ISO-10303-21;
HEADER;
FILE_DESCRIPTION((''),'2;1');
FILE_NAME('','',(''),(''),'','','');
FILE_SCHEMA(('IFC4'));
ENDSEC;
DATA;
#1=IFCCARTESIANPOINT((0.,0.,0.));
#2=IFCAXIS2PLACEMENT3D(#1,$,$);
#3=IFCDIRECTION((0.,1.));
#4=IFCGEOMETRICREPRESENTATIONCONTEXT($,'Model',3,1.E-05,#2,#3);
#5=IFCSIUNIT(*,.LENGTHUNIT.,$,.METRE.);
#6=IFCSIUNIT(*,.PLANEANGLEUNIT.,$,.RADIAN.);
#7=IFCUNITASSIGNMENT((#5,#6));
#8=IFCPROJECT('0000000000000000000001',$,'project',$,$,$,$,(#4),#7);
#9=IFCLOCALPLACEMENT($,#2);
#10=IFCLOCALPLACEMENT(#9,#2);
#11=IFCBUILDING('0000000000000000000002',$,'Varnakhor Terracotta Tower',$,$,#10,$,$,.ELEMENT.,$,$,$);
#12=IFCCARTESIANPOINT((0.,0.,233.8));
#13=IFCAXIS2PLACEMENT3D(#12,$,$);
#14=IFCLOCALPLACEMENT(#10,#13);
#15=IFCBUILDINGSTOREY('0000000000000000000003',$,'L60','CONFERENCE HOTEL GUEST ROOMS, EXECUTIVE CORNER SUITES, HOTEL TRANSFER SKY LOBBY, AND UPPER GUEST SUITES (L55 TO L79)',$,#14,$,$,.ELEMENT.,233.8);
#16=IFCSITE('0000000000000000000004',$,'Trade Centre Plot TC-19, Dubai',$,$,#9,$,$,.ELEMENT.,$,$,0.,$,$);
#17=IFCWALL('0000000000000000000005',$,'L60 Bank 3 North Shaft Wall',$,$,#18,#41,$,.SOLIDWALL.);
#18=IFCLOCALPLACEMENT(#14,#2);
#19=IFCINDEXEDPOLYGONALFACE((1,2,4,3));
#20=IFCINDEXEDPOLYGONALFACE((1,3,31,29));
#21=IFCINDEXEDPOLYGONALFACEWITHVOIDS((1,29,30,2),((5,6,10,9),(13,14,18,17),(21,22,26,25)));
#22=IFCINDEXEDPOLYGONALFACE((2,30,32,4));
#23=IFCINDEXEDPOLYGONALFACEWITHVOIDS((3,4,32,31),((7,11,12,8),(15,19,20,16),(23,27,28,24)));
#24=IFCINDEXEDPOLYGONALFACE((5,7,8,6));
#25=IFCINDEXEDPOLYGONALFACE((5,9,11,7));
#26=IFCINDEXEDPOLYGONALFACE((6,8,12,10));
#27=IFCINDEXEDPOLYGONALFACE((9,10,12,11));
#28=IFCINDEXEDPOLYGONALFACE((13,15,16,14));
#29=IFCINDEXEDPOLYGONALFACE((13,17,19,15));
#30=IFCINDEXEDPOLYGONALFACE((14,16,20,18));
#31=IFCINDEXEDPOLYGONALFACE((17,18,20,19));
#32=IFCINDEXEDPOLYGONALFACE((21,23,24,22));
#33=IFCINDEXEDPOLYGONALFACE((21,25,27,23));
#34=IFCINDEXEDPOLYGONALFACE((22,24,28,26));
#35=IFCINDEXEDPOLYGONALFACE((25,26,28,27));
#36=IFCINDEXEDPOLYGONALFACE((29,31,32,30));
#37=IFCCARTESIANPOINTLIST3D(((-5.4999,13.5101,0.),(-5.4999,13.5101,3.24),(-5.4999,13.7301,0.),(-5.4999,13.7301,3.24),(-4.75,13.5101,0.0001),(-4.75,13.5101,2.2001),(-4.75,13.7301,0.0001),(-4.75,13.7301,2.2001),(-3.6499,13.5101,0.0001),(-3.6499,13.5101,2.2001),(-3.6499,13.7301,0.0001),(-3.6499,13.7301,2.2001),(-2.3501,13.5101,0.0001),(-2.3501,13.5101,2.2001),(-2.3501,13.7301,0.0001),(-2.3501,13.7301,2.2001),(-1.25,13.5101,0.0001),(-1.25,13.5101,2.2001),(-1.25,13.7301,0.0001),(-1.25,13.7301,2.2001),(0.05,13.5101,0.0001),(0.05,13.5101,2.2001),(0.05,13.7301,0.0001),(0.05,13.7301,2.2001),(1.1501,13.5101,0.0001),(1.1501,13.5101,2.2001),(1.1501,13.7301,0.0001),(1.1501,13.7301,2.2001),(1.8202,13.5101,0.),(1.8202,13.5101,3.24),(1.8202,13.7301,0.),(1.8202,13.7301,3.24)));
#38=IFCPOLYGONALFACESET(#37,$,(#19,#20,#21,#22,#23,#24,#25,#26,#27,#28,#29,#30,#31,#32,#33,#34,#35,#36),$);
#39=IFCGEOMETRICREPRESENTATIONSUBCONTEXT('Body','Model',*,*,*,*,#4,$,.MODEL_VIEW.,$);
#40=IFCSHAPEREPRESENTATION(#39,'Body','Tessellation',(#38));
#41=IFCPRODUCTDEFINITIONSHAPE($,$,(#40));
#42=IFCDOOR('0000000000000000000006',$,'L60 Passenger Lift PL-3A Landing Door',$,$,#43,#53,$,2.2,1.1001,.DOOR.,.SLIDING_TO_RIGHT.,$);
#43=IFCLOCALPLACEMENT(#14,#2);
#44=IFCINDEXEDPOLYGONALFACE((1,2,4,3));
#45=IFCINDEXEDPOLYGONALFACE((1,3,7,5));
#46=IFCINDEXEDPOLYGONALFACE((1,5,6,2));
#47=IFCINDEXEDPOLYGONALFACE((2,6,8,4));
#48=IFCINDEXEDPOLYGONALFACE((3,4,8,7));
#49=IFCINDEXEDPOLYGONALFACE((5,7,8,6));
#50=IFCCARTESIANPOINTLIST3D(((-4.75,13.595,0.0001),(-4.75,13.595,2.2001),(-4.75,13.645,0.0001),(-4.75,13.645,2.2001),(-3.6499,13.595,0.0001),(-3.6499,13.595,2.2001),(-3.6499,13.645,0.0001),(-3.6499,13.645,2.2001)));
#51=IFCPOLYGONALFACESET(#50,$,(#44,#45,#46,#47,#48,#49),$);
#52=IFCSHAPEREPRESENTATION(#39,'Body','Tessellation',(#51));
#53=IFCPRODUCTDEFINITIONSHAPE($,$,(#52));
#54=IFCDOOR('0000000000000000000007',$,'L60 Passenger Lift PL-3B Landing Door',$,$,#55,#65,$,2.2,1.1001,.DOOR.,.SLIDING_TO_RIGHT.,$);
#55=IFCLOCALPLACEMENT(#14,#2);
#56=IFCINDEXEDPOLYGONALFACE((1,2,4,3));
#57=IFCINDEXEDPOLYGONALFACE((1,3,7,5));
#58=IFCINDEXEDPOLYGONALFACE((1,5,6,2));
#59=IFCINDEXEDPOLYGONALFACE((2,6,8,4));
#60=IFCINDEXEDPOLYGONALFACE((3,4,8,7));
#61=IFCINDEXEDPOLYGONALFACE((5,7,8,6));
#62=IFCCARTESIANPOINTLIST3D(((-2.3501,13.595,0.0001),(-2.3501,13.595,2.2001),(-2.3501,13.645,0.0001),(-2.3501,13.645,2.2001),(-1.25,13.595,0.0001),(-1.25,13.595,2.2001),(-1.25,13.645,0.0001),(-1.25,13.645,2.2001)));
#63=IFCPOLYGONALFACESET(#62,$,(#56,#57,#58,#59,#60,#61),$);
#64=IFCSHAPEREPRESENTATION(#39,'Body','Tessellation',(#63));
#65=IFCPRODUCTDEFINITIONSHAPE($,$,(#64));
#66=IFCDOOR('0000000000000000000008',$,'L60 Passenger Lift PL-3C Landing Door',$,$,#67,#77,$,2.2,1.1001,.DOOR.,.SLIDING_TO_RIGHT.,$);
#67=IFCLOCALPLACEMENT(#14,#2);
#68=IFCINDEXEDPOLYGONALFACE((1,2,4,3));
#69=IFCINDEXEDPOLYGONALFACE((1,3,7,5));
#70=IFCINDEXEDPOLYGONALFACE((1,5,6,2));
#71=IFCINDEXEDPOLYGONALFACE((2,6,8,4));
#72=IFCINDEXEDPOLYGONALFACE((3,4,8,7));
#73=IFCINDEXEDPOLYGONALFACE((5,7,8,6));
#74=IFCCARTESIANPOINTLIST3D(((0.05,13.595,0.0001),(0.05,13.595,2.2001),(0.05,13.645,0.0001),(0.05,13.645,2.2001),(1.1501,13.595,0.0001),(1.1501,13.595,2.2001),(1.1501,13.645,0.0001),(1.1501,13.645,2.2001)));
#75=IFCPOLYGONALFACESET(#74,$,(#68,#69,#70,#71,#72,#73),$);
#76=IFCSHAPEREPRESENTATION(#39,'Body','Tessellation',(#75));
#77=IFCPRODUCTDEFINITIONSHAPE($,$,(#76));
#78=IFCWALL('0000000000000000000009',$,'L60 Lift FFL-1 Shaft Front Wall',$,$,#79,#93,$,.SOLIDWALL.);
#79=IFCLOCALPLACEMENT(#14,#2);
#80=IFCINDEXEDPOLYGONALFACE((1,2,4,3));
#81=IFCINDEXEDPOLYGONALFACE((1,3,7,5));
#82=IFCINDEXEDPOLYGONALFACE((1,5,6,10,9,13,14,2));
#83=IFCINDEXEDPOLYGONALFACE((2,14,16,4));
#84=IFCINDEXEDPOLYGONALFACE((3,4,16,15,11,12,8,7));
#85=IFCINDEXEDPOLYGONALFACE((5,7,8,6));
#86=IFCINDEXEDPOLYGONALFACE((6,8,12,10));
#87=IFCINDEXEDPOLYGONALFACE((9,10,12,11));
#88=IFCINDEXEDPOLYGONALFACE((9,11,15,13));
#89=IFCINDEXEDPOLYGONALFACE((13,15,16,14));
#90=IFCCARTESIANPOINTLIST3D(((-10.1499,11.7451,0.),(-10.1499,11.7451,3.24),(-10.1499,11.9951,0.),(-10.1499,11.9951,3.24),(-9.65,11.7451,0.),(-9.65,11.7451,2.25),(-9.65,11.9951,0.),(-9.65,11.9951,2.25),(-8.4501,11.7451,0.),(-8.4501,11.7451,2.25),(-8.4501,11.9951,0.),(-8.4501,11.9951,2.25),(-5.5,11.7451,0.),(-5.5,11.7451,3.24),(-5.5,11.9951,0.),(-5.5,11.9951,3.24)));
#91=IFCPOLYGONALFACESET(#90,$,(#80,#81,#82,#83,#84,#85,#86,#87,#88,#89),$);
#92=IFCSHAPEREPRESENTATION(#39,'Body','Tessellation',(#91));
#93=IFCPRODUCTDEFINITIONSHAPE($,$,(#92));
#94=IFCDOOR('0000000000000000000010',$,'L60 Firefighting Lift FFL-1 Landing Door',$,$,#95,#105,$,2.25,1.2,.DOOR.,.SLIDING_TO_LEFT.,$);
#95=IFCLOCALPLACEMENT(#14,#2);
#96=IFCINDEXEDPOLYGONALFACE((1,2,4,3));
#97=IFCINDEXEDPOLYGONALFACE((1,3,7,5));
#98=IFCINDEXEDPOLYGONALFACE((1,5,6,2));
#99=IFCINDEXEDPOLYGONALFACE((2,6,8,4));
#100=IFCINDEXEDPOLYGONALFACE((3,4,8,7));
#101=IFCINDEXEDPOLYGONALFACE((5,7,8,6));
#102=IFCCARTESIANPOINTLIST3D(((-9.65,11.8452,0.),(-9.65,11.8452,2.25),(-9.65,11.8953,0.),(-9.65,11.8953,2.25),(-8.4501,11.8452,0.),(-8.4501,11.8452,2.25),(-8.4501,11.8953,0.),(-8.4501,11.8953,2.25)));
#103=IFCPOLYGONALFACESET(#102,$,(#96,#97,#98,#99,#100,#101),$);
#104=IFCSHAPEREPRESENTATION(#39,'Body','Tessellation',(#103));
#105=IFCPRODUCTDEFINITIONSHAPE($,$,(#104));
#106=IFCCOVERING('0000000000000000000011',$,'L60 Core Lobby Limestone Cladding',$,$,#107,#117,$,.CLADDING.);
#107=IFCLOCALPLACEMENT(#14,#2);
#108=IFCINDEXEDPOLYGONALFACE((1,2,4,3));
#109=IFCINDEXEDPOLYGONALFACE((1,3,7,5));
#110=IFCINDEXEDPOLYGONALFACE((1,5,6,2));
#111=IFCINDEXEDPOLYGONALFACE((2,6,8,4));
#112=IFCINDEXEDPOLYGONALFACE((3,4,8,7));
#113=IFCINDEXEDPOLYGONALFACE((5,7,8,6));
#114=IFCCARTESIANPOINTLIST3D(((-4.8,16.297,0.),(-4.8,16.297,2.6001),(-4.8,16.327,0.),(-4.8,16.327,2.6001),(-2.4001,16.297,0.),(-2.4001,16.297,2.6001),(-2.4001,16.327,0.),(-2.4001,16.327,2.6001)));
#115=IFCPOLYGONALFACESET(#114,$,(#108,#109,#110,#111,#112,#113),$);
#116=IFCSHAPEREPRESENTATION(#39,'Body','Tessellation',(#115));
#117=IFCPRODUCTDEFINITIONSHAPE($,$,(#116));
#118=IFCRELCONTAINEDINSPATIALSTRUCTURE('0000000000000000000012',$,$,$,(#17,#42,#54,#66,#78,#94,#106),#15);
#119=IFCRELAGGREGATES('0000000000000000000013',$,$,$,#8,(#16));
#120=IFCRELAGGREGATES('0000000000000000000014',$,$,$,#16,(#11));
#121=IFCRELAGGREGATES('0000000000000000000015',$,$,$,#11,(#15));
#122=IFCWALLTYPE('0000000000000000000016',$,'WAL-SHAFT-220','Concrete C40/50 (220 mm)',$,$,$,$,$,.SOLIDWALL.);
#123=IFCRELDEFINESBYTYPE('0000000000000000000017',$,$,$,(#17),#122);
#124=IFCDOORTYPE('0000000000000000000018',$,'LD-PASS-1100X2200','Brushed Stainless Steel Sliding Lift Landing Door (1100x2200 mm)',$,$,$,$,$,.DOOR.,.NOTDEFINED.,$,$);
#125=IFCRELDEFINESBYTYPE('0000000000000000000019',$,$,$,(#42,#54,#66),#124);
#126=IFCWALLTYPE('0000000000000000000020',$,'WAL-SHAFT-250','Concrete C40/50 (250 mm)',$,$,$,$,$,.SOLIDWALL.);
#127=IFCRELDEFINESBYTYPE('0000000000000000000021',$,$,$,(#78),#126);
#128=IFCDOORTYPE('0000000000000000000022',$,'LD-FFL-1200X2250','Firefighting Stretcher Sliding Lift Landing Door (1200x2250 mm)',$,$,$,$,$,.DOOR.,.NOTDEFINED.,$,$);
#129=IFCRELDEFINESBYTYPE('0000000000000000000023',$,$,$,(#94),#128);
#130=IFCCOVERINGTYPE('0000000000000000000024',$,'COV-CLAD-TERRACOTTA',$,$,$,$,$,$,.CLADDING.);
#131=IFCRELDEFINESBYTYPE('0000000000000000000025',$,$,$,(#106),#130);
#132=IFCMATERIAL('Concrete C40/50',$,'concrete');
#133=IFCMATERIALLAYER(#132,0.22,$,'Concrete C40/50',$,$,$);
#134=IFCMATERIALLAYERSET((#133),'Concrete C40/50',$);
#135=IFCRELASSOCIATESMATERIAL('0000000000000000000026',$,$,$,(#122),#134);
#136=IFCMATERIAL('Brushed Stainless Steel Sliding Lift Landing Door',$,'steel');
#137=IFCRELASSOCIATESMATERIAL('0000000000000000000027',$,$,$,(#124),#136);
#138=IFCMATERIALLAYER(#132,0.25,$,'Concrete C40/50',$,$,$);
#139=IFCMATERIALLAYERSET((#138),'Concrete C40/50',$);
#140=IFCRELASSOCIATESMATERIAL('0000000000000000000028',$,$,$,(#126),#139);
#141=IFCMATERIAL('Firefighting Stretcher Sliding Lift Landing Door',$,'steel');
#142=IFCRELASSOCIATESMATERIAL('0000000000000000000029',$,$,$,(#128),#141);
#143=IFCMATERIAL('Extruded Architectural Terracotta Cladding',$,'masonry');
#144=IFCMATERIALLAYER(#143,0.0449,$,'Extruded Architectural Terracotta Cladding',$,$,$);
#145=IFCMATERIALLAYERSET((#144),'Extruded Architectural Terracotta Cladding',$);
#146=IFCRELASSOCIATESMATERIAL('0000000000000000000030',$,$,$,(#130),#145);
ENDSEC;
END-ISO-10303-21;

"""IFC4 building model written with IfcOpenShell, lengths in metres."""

from ifc_helpers import new_model, si_unit, direction, frame, frame_2d, origin, origin_2d, place, context, subcontext, project, spatial, rectangle, extrude, source, transform, mapped, material, layer, layer_set, type_object, type_shapes, element, fill, save


model = new_model("IFC4")

# Units and contexts
model_context = context("Model", 3, precision=1e-05, world=origin(), true_north=direction((0.0, 1.0)))
body_context = subcontext(model_context, "Body", "Model", "MODEL_VIEW")
ifc_project = project(units=[si_unit("LENGTHUNIT", "METRE"), si_unit("PLANEANGLEUNIT", "RADIAN")], contexts=[model_context])

# Site, building, storey
site_placement = place(None, origin())
site = spatial("IfcSite", under=ifc_project, at=site_placement, Name="Trade Centre Plot TC-19, Dubai", CompositionType="ELEMENT", RefElevation=0.0)
building_placement = place(site_placement, origin())
building = spatial("IfcBuilding", under=site, at=building_placement, Name="Varnakhor Terracotta Tower", CompositionType="ELEMENT")
storey_placement = place(building_placement, frame((0.0, 0.0, 233.8)))
storey = spatial("IfcBuildingStorey", under=building, at=storey_placement, Name="L60", Description="CONFERENCE HOTEL GUEST ROOMS, EXECUTIVE CORNER SUITES, HOTEL TRANSFER SKY LOBBY, AND UPPER GUEST SUITES (L55 TO L79)", CompositionType="ELEMENT", Elevation=233.8)

# Wall, openings, doors
ifc_material_1 = material(Name="Concrete C40/50", Category="concrete")
ifc_layer_1 = layer(ifc_material_1, 0.22, Name="Concrete C40/50")
ifc_layer_set_1 = layer_set([ifc_layer_1], Name="Concrete C40/50")
wall_type_1 = type_object("IfcWallType", Name="WAL-SHAFT-220", Description="Concrete C40/50 (220 mm)", PredefinedType="SOLIDWALL", material=ifc_layer_set_1)
wall_1_placement = place(storey_placement, frame((-5.5, 13.6201, 0.0), z_axis=(0.0, 0.0, 1.0), x_axis=(1.0, 0.0, 0.0)))
wall_1 = element("IfcWall", 1, at=wall_1_placement, inside=storey, type_object=wall_type_1, Name="L60 Bank 3 North Shaft Wall", PredefinedType="SOLIDWALL", context=body_context, shape_type="SweptSolid", body=[
    extrude(rectangle(XDim=7.3201, YDim=0.22, at=frame_2d((3.6602, 0.0))), origin(), (0.0, 0.0, 1.0), 3.24),
])
opening_1_placement = place(wall_1_placement, frame((0.75, 0.0, 0.0)))
opening_1 = element("IfcOpeningElement", 2, at=opening_1_placement, cuts=wall_1, PredefinedType="OPENING", context=body_context, shape_type="SweptSolid", body=[
    extrude(rectangle(XDim=1.1001, YDim=2.2, at=frame_2d((0.55, 1.1001))), frame((0.0, 0.1201, 0.0), z_axis=(0.0, -1.0, 0.0), x_axis=(1.0, 0.0, 0.0)), (0.0, 0.0, 1.0), 0.24),
])
opening_2_placement = place(wall_1_placement, frame((3.1499, 0.0, 0.0)))
opening_2 = element("IfcOpeningElement", 3, at=opening_2_placement, cuts=wall_1, PredefinedType="OPENING", context=body_context, shape_type="SweptSolid", body=[
    extrude(rectangle(XDim=1.1001, YDim=2.2, at=frame_2d((0.55, 1.1001))), frame((0.0, 0.1201, 0.0), z_axis=(0.0, -1.0, 0.0), x_axis=(1.0, 0.0, 0.0)), (0.0, 0.0, 1.0), 0.24),
])
opening_3_placement = place(wall_1_placement, frame((5.55, 0.0, 0.0)))
opening_3 = element("IfcOpeningElement", 4, at=opening_3_placement, cuts=wall_1, PredefinedType="OPENING", context=body_context, shape_type="SweptSolid", body=[
    extrude(rectangle(XDim=1.1001, YDim=2.2, at=frame_2d((0.55, 1.1001))), frame((0.0, 0.1201, 0.0), z_axis=(0.0, -1.0, 0.0), x_axis=(1.0, 0.0, 0.0)), (0.0, 0.0, 1.0), 0.24),
])
ifc_material_2 = material(Name="Brushed Stainless Steel Sliding Lift Landing Door", Category="steel")
door_type_1 = type_object("IfcDoorType", Name="LD-PASS-1100X2200", Description="Brushed Stainless Steel Sliding Lift Landing Door (1100x2200 mm)", OperationType="NOTDEFINED", PredefinedType="DOOR", material=ifc_material_2)
shared_shape_1 = source(origin(), body_context, "Body", "SweptSolid", [
    extrude(rectangle(XDim=1.1001, YDim=2.2, at=frame_2d((0.55, 1.1001))), frame((0.0, 0.0249, 0.0), z_axis=(0.0, -1.0, 0.0), x_axis=(1.0, 0.0, 0.0)), (0.0, 0.0, 1.0), 0.05),
])
type_shapes(door_type_1, [shared_shape_1])
door_1_placement = place(opening_1_placement, origin())
door_1 = element("IfcDoor", 5, at=door_1_placement, inside=storey, type_object=door_type_1, Name="L60 Passenger Lift PL-3A Landing Door", OperationType="SLIDING_TO_RIGHT", OverallHeight=2.2, OverallWidth=1.1001, PredefinedType="DOOR", context=body_context, shape_type="MappedRepresentation", body=[
    mapped(shared_shape_1, transform((0.0, 0.0, 0.0), scale=1.0)),
])
fill(opening_1, door_1)
door_2_placement = place(opening_2_placement, origin())
door_2 = element("IfcDoor", 6, at=door_2_placement, inside=storey, type_object=door_type_1, Name="L60 Passenger Lift PL-3B Landing Door", OperationType="SLIDING_TO_RIGHT", OverallHeight=2.2, OverallWidth=1.1001, PredefinedType="DOOR", context=body_context, shape_type="MappedRepresentation", body=[
    mapped(shared_shape_1, transform((0.0, 0.0, 0.0), scale=1.0)),
])
fill(opening_2, door_2)
door_3_placement = place(opening_3_placement, origin())
door_3 = element("IfcDoor", 7, at=door_3_placement, inside=storey, type_object=door_type_1, Name="L60 Passenger Lift PL-3C Landing Door", OperationType="SLIDING_TO_RIGHT", OverallHeight=2.2, OverallWidth=1.1001, PredefinedType="DOOR", context=body_context, shape_type="MappedRepresentation", body=[
    mapped(shared_shape_1, transform((0.0, 0.0, 0.0), scale=1.0)),
])
fill(opening_3, door_3)

# Wall, opening, door
ifc_layer_2 = layer(ifc_material_1, 0.25, Name="Concrete C40/50")
ifc_layer_set_2 = layer_set([ifc_layer_2], Name="Concrete C40/50")
wall_type_2 = type_object("IfcWallType", Name="WAL-SHAFT-250", Description="Concrete C40/50 (250 mm)", PredefinedType="SOLIDWALL", material=ifc_layer_set_2)
wall_2_placement = place(storey_placement, frame((-5.5, 11.8701, 0.0), z_axis=(0.0, 0.0, 1.0), x_axis=(-1.0, 0.0, 0.0)))
wall_2 = element("IfcWall", 8, at=wall_2_placement, inside=storey, type_object=wall_type_2, Name="L60 Lift FFL-1 Shaft Front Wall", PredefinedType="SOLIDWALL", context=body_context, shape_type="SweptSolid", body=[
    extrude(rectangle(XDim=4.6499, YDim=0.25, at=frame_2d((2.325, 0.0))), origin(), (0.0, 0.0, 1.0), 3.24),
])
opening_4_placement = place(wall_2_placement, frame((2.95, 0.0, 0.0)))
opening_4 = element("IfcOpeningElement", 9, at=opening_4_placement, cuts=wall_2, PredefinedType="OPENING", context=body_context, shape_type="SweptSolid", body=[
    extrude(rectangle(XDim=1.2, YDim=2.25, at=frame_2d((0.6001, 1.125))), frame((0.0, 0.135, 0.0), z_axis=(0.0, -1.0, 0.0), x_axis=(1.0, 0.0, 0.0)), (0.0, 0.0, 1.0), 0.27),
])
ifc_material_3 = material(Name="Firefighting Stretcher Sliding Lift Landing Door", Category="steel")
door_type_2 = type_object("IfcDoorType", Name="LD-FFL-1200X2250", Description="Firefighting Stretcher Sliding Lift Landing Door (1200x2250 mm)", OperationType="NOTDEFINED", PredefinedType="DOOR", material=ifc_material_3)
shared_shape_2 = source(origin(), body_context, "Body", "SweptSolid", [
    extrude(rectangle(XDim=1.2, YDim=2.25, at=frame_2d((0.6001, 1.125))), frame((0.0, 0.0249, 0.0), z_axis=(0.0, -1.0, 0.0), x_axis=(1.0, 0.0, 0.0)), (0.0, 0.0, 1.0), 0.05),
])
type_shapes(door_type_2, [shared_shape_2])
door_4_placement = place(opening_4_placement, origin())
door_4 = element("IfcDoor", 10, at=door_4_placement, inside=storey, type_object=door_type_2, Name="L60 Firefighting Lift FFL-1 Landing Door", OperationType="SLIDING_TO_LEFT", OverallHeight=2.25, OverallWidth=1.2, PredefinedType="DOOR", context=body_context, shape_type="MappedRepresentation", body=[
    mapped(shared_shape_2, transform((0.0, 0.0, 0.0), scale=1.0)),
])
fill(opening_4, door_4)

# Covering
ifc_material_4 = material(Name="Extruded Architectural Terracotta Cladding", Category="masonry")
ifc_layer_3 = layer(ifc_material_4, 0.0449, Name="Extruded Architectural Terracotta Cladding")
ifc_layer_set_3 = layer_set([ifc_layer_3], Name="Extruded Architectural Terracotta Cladding")
covering_type = type_object("IfcCoveringType", Name="COV-CLAD-TERRACOTTA", PredefinedType="CLADDING", material=ifc_layer_set_3)
shared_shape_3 = source(origin(), body_context, "Body", "SweptSolid", [
    extrude(rectangle(XDim=2.3999, YDim=0.03, at=origin_2d()), origin(), (0.0, 0.0, 1.0), 2.6001),
])
type_shapes(covering_type, [shared_shape_3])
covering_placement = place(storey_placement, frame((-3.6001, 16.312, 0.0), z_axis=(0.0, 0.0, 1.0), x_axis=(1.0, 0.0, 0.0)))
element("IfcCovering", 11, at=covering_placement, inside=storey, type_object=covering_type, Name="L60 Core Lobby Limestone Cladding", PredefinedType="CLADDING", context=body_context, shape_type="MappedRepresentation", body=[
    mapped(shared_shape_3, transform((0.0, 0.0, 0.0), scale=1.0)),
])

save(model, "model.ifc")
